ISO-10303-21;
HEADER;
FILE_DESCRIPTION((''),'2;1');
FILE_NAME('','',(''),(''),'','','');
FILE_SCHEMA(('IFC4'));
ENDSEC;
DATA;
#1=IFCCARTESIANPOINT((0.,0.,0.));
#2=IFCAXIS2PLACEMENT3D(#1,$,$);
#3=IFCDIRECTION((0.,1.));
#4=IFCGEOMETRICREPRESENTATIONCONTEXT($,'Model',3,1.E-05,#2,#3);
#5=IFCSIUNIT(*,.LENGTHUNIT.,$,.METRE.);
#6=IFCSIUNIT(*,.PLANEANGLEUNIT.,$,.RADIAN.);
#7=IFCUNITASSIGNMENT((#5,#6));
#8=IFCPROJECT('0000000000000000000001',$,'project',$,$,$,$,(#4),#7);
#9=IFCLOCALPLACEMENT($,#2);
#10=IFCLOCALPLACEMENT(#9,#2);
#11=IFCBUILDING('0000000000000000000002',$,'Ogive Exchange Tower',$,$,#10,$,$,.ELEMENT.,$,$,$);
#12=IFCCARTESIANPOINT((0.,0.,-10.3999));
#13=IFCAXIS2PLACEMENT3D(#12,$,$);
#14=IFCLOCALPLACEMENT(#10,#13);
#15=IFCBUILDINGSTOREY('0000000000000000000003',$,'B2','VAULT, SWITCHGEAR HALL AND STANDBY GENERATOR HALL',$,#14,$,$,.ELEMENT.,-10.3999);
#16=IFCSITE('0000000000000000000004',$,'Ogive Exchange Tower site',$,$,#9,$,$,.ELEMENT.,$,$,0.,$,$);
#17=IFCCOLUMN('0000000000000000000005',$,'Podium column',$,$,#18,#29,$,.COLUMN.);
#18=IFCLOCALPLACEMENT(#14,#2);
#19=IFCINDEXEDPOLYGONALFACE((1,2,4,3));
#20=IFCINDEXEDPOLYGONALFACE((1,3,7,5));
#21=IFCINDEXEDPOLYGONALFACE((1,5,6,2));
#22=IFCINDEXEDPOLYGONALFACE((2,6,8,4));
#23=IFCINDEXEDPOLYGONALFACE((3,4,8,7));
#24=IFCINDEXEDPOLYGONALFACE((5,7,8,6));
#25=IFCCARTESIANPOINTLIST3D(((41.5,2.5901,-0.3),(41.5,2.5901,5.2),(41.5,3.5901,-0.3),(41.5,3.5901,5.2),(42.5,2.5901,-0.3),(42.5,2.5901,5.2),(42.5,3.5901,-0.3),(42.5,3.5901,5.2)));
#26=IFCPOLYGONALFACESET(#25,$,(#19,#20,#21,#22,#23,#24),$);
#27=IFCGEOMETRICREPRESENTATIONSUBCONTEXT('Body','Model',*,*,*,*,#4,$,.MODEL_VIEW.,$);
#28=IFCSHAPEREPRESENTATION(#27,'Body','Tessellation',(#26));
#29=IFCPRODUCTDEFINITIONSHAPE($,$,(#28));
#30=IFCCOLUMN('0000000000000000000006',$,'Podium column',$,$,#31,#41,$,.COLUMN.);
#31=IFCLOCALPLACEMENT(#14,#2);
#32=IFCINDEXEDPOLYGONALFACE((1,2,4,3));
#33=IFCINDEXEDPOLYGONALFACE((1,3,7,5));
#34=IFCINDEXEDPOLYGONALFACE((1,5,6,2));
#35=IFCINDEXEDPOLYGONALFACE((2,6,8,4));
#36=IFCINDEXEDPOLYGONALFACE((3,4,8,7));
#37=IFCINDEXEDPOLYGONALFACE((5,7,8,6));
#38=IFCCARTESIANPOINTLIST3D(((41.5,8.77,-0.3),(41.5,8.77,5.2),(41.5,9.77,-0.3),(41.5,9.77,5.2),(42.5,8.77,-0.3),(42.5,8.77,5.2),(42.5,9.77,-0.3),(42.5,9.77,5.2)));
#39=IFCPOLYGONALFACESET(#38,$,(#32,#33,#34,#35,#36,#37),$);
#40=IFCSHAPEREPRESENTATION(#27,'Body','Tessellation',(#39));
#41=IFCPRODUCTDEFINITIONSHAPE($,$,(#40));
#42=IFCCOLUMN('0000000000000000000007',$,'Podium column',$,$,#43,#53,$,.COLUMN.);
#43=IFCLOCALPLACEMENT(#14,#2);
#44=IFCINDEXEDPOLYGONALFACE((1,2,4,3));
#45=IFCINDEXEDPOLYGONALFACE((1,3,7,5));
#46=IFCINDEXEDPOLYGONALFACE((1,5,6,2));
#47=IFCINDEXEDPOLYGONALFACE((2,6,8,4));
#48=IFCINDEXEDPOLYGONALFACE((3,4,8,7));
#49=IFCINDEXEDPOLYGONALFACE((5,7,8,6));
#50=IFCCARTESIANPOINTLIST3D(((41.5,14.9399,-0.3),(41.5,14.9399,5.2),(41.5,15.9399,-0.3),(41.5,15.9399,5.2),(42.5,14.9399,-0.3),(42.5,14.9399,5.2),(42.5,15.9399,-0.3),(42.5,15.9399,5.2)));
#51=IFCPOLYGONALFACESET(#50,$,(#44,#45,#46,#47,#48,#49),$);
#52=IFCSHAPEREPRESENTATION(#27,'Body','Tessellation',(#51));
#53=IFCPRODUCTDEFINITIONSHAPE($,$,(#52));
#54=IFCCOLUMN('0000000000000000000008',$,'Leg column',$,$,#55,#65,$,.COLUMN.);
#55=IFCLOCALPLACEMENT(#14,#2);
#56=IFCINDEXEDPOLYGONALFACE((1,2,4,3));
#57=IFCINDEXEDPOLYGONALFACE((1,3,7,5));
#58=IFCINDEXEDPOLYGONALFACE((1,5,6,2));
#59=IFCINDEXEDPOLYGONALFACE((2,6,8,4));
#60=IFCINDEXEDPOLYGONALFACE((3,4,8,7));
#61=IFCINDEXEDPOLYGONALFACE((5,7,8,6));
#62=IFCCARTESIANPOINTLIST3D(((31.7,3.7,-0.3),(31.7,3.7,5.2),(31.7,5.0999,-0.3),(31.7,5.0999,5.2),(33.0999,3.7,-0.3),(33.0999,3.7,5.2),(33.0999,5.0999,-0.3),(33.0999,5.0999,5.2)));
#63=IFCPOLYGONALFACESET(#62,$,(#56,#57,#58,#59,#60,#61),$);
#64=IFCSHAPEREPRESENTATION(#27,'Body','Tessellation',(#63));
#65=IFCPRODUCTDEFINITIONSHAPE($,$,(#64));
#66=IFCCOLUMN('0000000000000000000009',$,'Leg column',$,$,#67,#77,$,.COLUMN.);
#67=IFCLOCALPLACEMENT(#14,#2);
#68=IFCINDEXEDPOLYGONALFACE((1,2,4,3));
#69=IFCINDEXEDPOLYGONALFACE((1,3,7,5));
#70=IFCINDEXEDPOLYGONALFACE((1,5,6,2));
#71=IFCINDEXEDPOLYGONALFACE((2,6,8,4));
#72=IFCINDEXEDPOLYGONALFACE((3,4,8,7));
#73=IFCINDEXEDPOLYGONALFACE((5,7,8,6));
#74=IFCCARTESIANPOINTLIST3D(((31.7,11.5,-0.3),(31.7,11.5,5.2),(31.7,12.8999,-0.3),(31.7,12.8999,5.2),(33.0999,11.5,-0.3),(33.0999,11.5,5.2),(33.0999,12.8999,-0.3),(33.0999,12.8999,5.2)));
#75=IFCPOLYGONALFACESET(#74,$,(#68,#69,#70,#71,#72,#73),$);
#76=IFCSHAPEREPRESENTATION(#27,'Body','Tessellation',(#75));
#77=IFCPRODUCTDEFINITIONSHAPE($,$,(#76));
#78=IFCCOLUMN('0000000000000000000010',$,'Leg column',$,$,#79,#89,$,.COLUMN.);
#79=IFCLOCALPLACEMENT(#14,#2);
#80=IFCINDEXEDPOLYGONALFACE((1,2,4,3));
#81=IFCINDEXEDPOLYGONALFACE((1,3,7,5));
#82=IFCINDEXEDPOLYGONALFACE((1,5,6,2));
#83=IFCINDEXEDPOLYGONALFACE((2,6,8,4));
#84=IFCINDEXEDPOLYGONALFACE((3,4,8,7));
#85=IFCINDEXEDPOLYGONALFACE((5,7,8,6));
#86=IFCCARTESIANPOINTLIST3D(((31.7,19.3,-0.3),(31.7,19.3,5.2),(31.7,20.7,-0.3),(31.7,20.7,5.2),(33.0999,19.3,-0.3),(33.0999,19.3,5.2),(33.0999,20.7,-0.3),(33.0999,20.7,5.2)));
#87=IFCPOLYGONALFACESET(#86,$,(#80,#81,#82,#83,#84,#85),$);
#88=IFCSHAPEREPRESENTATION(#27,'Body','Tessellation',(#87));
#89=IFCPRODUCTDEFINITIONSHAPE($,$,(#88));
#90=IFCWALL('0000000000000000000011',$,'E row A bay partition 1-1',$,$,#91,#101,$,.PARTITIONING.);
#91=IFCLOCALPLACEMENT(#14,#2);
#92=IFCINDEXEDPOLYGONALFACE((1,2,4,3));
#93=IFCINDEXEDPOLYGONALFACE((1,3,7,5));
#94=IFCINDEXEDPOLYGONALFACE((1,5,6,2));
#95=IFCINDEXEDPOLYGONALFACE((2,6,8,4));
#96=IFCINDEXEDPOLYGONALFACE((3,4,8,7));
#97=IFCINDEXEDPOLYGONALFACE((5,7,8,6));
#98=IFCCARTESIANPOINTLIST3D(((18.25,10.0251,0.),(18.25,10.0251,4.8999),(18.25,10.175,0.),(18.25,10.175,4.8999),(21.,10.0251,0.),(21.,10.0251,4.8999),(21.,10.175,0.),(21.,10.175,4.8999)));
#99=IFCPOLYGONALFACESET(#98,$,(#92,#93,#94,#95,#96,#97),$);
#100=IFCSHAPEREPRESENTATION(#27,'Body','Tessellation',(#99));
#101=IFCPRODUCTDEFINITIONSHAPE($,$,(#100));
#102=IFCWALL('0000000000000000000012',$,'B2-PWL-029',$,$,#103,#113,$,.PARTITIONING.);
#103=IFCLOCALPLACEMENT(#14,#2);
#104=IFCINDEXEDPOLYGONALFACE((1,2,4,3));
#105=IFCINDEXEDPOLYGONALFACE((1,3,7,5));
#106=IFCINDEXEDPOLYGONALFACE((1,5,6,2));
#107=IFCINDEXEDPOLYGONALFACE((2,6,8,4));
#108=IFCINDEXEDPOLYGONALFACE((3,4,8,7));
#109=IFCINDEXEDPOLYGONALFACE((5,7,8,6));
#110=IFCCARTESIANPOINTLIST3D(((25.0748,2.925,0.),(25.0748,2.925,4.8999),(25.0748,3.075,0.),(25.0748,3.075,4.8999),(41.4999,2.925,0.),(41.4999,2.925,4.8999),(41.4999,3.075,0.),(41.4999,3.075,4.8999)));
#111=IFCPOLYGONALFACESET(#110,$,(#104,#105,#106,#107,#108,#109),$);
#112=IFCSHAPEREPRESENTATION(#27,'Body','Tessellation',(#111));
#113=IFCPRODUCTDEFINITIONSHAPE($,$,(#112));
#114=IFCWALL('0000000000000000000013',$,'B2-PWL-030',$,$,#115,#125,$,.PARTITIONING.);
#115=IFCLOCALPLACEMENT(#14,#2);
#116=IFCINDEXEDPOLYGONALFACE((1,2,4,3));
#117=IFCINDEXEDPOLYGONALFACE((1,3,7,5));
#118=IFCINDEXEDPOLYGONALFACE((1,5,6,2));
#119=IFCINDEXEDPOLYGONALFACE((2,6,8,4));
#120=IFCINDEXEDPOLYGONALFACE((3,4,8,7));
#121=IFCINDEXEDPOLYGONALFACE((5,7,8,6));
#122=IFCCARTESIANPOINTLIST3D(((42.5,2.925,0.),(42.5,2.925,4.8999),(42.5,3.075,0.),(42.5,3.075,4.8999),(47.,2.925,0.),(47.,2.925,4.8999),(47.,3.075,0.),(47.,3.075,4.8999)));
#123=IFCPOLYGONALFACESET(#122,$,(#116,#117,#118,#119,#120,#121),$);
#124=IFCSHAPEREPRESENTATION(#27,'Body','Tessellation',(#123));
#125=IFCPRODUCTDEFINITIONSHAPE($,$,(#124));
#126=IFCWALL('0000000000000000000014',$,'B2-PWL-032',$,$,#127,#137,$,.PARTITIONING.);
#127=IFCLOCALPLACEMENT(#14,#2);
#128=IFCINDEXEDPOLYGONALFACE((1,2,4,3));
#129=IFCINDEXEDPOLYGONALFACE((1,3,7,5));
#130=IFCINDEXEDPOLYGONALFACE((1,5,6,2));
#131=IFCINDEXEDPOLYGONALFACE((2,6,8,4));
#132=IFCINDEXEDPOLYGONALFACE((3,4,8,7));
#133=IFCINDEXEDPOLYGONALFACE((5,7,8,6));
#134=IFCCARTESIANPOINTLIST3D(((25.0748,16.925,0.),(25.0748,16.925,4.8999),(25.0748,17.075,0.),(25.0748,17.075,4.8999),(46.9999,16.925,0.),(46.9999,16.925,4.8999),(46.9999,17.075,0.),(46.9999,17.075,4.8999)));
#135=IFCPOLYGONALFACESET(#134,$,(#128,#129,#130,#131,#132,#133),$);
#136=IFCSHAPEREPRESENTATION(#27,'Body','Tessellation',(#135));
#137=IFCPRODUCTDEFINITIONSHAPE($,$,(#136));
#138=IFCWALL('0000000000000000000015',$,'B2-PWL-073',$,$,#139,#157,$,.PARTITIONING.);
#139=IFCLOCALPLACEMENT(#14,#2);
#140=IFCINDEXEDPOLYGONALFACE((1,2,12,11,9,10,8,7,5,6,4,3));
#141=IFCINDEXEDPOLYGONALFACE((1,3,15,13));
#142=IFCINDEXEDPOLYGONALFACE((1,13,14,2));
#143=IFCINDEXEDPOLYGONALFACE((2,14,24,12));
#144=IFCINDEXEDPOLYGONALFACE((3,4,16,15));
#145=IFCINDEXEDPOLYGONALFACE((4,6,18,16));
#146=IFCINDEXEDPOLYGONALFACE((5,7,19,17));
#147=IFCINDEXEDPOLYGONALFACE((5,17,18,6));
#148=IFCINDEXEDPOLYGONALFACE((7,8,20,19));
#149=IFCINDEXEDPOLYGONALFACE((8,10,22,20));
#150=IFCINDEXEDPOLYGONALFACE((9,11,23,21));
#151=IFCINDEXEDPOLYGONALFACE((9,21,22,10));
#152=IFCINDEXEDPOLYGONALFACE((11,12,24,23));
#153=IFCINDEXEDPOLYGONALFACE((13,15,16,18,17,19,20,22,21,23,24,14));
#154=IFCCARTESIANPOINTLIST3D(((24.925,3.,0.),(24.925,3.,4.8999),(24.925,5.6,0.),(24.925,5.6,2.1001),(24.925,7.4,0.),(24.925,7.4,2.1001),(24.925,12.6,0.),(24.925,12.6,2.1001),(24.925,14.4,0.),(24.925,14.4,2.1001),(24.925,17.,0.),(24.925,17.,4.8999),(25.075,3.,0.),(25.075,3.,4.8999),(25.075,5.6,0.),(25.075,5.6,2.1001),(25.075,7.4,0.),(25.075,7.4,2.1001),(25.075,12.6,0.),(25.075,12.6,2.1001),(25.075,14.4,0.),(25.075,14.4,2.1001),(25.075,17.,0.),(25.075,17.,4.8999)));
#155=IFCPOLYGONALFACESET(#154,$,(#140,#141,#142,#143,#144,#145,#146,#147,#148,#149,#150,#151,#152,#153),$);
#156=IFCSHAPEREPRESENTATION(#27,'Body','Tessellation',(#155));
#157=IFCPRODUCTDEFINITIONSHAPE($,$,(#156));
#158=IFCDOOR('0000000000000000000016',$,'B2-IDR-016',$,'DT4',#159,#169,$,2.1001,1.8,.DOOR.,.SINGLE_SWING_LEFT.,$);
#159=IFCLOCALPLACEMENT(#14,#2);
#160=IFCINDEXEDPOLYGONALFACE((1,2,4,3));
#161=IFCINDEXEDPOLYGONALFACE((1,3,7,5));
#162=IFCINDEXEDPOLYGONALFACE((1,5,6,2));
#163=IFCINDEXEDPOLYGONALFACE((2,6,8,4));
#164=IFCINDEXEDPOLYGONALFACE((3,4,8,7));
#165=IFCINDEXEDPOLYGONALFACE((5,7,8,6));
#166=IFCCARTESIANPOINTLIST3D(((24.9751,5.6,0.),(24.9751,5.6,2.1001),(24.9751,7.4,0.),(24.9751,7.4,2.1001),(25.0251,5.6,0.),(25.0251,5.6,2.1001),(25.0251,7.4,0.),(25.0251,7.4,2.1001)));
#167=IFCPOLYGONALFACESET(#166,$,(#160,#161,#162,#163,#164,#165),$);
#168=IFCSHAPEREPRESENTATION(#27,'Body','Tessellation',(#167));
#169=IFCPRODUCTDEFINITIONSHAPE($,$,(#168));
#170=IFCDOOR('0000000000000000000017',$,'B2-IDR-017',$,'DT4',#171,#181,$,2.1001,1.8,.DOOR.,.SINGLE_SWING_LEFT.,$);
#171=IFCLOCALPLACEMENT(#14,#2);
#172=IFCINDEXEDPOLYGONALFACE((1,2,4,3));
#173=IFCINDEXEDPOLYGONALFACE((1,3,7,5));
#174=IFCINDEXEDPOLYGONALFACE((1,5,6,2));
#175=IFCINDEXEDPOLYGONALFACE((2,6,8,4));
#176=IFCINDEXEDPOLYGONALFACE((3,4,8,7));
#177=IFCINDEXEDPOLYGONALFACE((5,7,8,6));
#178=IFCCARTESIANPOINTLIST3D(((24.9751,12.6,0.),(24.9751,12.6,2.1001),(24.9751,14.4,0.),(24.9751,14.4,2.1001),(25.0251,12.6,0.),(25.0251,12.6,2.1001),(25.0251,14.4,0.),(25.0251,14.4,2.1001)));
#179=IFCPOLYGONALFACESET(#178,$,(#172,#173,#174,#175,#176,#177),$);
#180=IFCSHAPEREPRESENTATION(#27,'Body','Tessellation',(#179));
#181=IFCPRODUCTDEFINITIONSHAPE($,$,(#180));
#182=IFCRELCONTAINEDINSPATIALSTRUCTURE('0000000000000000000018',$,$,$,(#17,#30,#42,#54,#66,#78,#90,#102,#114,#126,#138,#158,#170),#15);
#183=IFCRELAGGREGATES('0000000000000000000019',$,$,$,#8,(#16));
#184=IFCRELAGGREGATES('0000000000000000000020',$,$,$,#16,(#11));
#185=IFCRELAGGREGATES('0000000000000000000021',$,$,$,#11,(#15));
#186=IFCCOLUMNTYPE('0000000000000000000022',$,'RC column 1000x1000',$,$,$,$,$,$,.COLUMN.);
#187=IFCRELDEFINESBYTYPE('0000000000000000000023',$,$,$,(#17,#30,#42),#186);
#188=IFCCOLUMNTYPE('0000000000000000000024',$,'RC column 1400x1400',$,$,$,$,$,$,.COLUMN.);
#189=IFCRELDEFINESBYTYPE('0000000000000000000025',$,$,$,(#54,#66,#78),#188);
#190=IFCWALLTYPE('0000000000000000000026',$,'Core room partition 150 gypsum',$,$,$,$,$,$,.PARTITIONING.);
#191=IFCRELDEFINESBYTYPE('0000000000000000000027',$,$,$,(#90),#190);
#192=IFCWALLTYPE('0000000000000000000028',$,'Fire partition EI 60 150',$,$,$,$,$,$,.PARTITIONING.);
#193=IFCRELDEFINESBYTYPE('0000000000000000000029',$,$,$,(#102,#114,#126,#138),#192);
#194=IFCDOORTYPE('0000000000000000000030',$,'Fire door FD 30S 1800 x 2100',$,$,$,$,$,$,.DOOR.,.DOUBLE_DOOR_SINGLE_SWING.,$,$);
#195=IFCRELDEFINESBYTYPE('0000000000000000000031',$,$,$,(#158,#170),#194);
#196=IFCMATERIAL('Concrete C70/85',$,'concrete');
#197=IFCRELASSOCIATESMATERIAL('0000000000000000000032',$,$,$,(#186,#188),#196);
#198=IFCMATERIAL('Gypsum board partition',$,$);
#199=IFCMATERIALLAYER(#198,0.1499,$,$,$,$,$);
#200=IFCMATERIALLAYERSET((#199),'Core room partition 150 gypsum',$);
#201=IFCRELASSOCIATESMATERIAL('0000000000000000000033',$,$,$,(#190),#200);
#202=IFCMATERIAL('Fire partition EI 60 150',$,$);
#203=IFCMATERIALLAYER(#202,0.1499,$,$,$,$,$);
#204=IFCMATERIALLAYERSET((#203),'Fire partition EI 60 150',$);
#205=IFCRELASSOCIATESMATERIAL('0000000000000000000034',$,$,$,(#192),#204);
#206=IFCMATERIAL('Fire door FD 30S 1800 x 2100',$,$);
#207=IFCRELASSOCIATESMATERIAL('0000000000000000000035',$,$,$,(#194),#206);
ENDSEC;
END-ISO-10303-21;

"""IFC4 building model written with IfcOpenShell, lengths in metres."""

from ifc_helpers import new_model, si_unit, direction, frame, frame_2d, origin, origin_2d, place, context, subcontext, project, spatial, rectangle, extrude, material, layer, layer_set, material_profile, profile_set, type_object, element, fill, save


model = new_model("IFC4")

# Units and contexts
model_context = context("Model", 3, precision=1e-05, world=origin(), true_north=direction((0.0, 1.0)))
body_context = subcontext(model_context, "Body", "Model", "MODEL_VIEW")
ifc_project = project(units=[si_unit("LENGTHUNIT", "METRE"), si_unit("PLANEANGLEUNIT", "RADIAN")], contexts=[model_context])

# Site, building, storey
site_placement = place(None, origin())
site = spatial("IfcSite", under=ifc_project, at=site_placement, Name="Ogive Exchange Tower site", CompositionType="ELEMENT", RefElevation=0.0)
building_placement = place(site_placement, origin())
building = spatial("IfcBuilding", under=site, at=building_placement, Name="Ogive Exchange Tower", CompositionType="ELEMENT")
storey_placement = place(building_placement, frame((0.0, 0.0, -10.3999)))
storey = spatial("IfcBuildingStorey", under=building, at=storey_placement, Name="B2", Description="VAULT, SWITCHGEAR HALL AND STANDBY GENERATOR HALL", CompositionType="ELEMENT", Elevation=-10.3999)

# Columns
ifc_material_1 = material(Name="Concrete C70/85", Category="concrete")
ifc_material_profile_1 = material_profile(ifc_material_1, rectangle(XDim=1.0, YDim=1.0, at=origin_2d()), Name="RC 1000x1000")
ifc_profile_set_1 = profile_set([ifc_material_profile_1], Name="Concrete C70/85")
column_type_1 = type_object("IfcColumnType", Name="RC column 1000x1000", PredefinedType="COLUMN", material=ifc_profile_set_1)
for number, where, z_axis, x_axis, name in (
    (1, (42.0, 3.0901, -0.3), (0.0, 0.0, 1.0), (1.0, 0.0, 0.0), "Podium column"),
    (2, (42.0, 9.27, -0.3), (0.0, 0.0, 1.0), (1.0, 0.0, 0.0), "Podium column"),
    (3, (42.0, 15.4399, -0.3), (0.0, 0.0, 1.0), (1.0, 0.0, 0.0), "Podium column"),
):
    element("IfcColumn", number, at=place(storey_placement, frame(where, z_axis=z_axis, x_axis=x_axis)), inside=storey, type_object=column_type_1, Name=name, PredefinedType="COLUMN", context=body_context, shape_type="SweptSolid", body=[
        extrude(rectangle(XDim=1.0, YDim=1.0, at=origin_2d()), origin(), (0.0, 0.0, 1.0), 5.5),
    ])
ifc_material_profile_2 = material_profile(ifc_material_1, rectangle(XDim=1.3999, YDim=1.3999, at=origin_2d()), Name="RC 1400x1400")
ifc_profile_set_2 = profile_set([ifc_material_profile_2], Name="Concrete C70/85")
column_type_2 = type_object("IfcColumnType", Name="RC column 1400x1400", PredefinedType="COLUMN", material=ifc_profile_set_2)
for number, where, z_axis, x_axis, name in (
    (4, (32.3999, 4.3999, -0.3), (0.0, 0.0, 1.0), (1.0, 0.0, 0.0), "Leg column"),
    (5, (32.3999, 12.2, -0.3), (0.0, 0.0, 1.0), (1.0, 0.0, 0.0), "Leg column"),
    (6, (32.3999, 20.0, -0.3), (0.0, 0.0, 1.0), (1.0, 0.0, 0.0), "Leg column"),
):
    element("IfcColumn", number, at=place(storey_placement, frame(where, z_axis=z_axis, x_axis=x_axis)), inside=storey, type_object=column_type_2, Name=name, PredefinedType="COLUMN", context=body_context, shape_type="SweptSolid", body=[
        extrude(rectangle(XDim=1.3999, YDim=1.3999, at=origin_2d()), origin(), (0.0, 0.0, 1.0), 5.5),
    ])

# Walls
ifc_material_2 = material(Name="Gypsum board partition")
ifc_layer_1 = layer(ifc_material_2, 0.1499)
ifc_layer_set_1 = layer_set([ifc_layer_1], Name="Core room partition 150 gypsum")
wall_type_1 = type_object("IfcWallType", Name="Core room partition 150 gypsum", PredefinedType="PARTITIONING", material=ifc_layer_set_1)
wall_1_placement = place(storey_placement, frame((18.25, 10.1001, 0.0), z_axis=(0.0, 0.0, 1.0), x_axis=(1.0, 0.0, 0.0)))
element("IfcWall", 7, at=wall_1_placement, inside=storey, type_object=wall_type_1, Name="E row A bay partition 1-1", PredefinedType="PARTITIONING", context=body_context, shape_type="SweptSolid", body=[
    extrude(rectangle(XDim=2.75, YDim=0.1499, at=frame_2d((1.375, 0.0))), origin(), (0.0, 0.0, 1.0), 4.8999),
])
ifc_material_3 = material(Name="Fire partition EI 60 150")
ifc_layer_2 = layer(ifc_material_3, 0.1499)
ifc_layer_set_2 = layer_set([ifc_layer_2], Name="Fire partition EI 60 150")
wall_type_2 = type_object("IfcWallType", Name="Fire partition EI 60 150", PredefinedType="PARTITIONING", material=ifc_layer_set_2)
wall_2_placement = place(storey_placement, frame((25.075, 3.0, 0.0), z_axis=(0.0, 0.0, 1.0), x_axis=(1.0, 0.0, 0.0)))
element("IfcWall", 8, at=wall_2_placement, inside=storey, type_object=wall_type_2, Name="B2-PWL-029", PredefinedType="PARTITIONING", context=body_context, shape_type="SweptSolid", body=[
    extrude(rectangle(XDim=16.425, YDim=0.1499, at=frame_2d((8.2124, 0.0))), origin(), (0.0, 0.0, 1.0), 4.8999),
])
wall_3_placement = place(storey_placement, frame((42.5, 3.0, 0.0), z_axis=(0.0, 0.0, 1.0), x_axis=(1.0, 0.0, 0.0)))
element("IfcWall", 9, at=wall_3_placement, inside=storey, type_object=wall_type_2, Name="B2-PWL-030", PredefinedType="PARTITIONING", context=body_context, shape_type="SweptSolid", body=[
    extrude(rectangle(XDim=4.5, YDim=0.1499, at=frame_2d((2.25, 0.0))), origin(), (0.0, 0.0, 1.0), 4.8999),
])
wall_4_placement = place(storey_placement, frame((25.075, 17.0, 0.0), z_axis=(0.0, 0.0, 1.0), x_axis=(1.0, 0.0, 0.0)))
element("IfcWall", 10, at=wall_4_placement, inside=storey, type_object=wall_type_2, Name="B2-PWL-032", PredefinedType="PARTITIONING", context=body_context, shape_type="SweptSolid", body=[
    extrude(rectangle(XDim=21.925, YDim=0.1499, at=frame_2d((10.9624, 0.0))), origin(), (0.0, 0.0, 1.0), 4.8999),
])

# Wall, openings, doors
wall_5_placement = place(storey_placement, frame((25.0, 3.0, 0.0), z_axis=(0.0, 0.0, 1.0), x_axis=(0.0, 1.0, 0.0)))
wall_5 = element("IfcWall", 11, at=wall_5_placement, inside=storey, type_object=wall_type_2, Name="B2-PWL-073", PredefinedType="PARTITIONING", context=body_context, shape_type="SweptSolid", body=[
    extrude(rectangle(XDim=14.0, YDim=0.1499, at=frame_2d((7.0, 0.0))), origin(), (0.0, 0.0, 1.0), 4.8999),
])
opening_1_placement = place(wall_5_placement, frame((2.6001, 0.0, 0.0)))
opening_1 = element("IfcOpeningElement", 12, at=opening_1_placement, cuts=wall_5, PredefinedType="OPENING", context=body_context, shape_type="SweptSolid", body=[
    extrude(rectangle(XDim=1.8, YDim=2.1001, at=frame_2d((0.8999, 1.05))), frame((0.0, 0.085, 0.0), z_axis=(0.0, -1.0, 0.0), x_axis=(1.0, 0.0, 0.0)), (0.0, 0.0, 1.0), 0.1699),
])
opening_2_placement = place(wall_5_placement, frame((9.6001, 0.0, 0.0)))
opening_2 = element("IfcOpeningElement", 13, at=opening_2_placement, cuts=wall_5, PredefinedType="OPENING", context=body_context, shape_type="SweptSolid", body=[
    extrude(rectangle(XDim=1.8, YDim=2.1001, at=frame_2d((0.8999, 1.05))), frame((0.0, 0.085, 0.0), z_axis=(0.0, -1.0, 0.0), x_axis=(1.0, 0.0, 0.0)), (0.0, 0.0, 1.0), 0.1699),
])
ifc_material_4 = material(Name="Fire door FD 30S 1800 x 2100")
door_type_1 = type_object("IfcDoorType", Name="Fire door FD 30S 1800 x 2100", OperationType="DOUBLE_DOOR_SINGLE_SWING", PredefinedType="DOOR", material=ifc_material_4)
door_1_placement = place(opening_1_placement, origin())
door_1 = element("IfcDoor", 14, at=door_1_placement, inside=storey, type_object=door_type_1, Name="B2-IDR-016", ObjectType="DT4", OperationType="SINGLE_SWING_LEFT", OverallHeight=2.1001, OverallWidth=1.8, PredefinedType="DOOR", context=body_context, shape_type="SweptSolid", body=[
    extrude(rectangle(XDim=1.8, YDim=2.1001, at=frame_2d((0.8999, 1.05))), frame((0.0, 0.0249, 0.0), z_axis=(0.0, -1.0, 0.0), x_axis=(1.0, 0.0, 0.0)), (0.0, 0.0, 1.0), 0.05),
])
fill(opening_1, door_1)
door_2_placement = place(opening_2_placement, origin())
door_2 = element("IfcDoor", 15, at=door_2_placement, inside=storey, type_object=door_type_1, Name="B2-IDR-017", ObjectType="DT4", OperationType="SINGLE_SWING_LEFT", OverallHeight=2.1001, OverallWidth=1.8, PredefinedType="DOOR", context=body_context, shape_type="SweptSolid", body=[
    extrude(rectangle(XDim=1.8, YDim=2.1001, at=frame_2d((0.8999, 1.05))), frame((0.0, 0.0249, 0.0), z_axis=(0.0, -1.0, 0.0), x_axis=(1.0, 0.0, 0.0)), (0.0, 0.0, 1.0), 0.05),
])
fill(opening_2, door_2)

save(model, "model.ifc")
